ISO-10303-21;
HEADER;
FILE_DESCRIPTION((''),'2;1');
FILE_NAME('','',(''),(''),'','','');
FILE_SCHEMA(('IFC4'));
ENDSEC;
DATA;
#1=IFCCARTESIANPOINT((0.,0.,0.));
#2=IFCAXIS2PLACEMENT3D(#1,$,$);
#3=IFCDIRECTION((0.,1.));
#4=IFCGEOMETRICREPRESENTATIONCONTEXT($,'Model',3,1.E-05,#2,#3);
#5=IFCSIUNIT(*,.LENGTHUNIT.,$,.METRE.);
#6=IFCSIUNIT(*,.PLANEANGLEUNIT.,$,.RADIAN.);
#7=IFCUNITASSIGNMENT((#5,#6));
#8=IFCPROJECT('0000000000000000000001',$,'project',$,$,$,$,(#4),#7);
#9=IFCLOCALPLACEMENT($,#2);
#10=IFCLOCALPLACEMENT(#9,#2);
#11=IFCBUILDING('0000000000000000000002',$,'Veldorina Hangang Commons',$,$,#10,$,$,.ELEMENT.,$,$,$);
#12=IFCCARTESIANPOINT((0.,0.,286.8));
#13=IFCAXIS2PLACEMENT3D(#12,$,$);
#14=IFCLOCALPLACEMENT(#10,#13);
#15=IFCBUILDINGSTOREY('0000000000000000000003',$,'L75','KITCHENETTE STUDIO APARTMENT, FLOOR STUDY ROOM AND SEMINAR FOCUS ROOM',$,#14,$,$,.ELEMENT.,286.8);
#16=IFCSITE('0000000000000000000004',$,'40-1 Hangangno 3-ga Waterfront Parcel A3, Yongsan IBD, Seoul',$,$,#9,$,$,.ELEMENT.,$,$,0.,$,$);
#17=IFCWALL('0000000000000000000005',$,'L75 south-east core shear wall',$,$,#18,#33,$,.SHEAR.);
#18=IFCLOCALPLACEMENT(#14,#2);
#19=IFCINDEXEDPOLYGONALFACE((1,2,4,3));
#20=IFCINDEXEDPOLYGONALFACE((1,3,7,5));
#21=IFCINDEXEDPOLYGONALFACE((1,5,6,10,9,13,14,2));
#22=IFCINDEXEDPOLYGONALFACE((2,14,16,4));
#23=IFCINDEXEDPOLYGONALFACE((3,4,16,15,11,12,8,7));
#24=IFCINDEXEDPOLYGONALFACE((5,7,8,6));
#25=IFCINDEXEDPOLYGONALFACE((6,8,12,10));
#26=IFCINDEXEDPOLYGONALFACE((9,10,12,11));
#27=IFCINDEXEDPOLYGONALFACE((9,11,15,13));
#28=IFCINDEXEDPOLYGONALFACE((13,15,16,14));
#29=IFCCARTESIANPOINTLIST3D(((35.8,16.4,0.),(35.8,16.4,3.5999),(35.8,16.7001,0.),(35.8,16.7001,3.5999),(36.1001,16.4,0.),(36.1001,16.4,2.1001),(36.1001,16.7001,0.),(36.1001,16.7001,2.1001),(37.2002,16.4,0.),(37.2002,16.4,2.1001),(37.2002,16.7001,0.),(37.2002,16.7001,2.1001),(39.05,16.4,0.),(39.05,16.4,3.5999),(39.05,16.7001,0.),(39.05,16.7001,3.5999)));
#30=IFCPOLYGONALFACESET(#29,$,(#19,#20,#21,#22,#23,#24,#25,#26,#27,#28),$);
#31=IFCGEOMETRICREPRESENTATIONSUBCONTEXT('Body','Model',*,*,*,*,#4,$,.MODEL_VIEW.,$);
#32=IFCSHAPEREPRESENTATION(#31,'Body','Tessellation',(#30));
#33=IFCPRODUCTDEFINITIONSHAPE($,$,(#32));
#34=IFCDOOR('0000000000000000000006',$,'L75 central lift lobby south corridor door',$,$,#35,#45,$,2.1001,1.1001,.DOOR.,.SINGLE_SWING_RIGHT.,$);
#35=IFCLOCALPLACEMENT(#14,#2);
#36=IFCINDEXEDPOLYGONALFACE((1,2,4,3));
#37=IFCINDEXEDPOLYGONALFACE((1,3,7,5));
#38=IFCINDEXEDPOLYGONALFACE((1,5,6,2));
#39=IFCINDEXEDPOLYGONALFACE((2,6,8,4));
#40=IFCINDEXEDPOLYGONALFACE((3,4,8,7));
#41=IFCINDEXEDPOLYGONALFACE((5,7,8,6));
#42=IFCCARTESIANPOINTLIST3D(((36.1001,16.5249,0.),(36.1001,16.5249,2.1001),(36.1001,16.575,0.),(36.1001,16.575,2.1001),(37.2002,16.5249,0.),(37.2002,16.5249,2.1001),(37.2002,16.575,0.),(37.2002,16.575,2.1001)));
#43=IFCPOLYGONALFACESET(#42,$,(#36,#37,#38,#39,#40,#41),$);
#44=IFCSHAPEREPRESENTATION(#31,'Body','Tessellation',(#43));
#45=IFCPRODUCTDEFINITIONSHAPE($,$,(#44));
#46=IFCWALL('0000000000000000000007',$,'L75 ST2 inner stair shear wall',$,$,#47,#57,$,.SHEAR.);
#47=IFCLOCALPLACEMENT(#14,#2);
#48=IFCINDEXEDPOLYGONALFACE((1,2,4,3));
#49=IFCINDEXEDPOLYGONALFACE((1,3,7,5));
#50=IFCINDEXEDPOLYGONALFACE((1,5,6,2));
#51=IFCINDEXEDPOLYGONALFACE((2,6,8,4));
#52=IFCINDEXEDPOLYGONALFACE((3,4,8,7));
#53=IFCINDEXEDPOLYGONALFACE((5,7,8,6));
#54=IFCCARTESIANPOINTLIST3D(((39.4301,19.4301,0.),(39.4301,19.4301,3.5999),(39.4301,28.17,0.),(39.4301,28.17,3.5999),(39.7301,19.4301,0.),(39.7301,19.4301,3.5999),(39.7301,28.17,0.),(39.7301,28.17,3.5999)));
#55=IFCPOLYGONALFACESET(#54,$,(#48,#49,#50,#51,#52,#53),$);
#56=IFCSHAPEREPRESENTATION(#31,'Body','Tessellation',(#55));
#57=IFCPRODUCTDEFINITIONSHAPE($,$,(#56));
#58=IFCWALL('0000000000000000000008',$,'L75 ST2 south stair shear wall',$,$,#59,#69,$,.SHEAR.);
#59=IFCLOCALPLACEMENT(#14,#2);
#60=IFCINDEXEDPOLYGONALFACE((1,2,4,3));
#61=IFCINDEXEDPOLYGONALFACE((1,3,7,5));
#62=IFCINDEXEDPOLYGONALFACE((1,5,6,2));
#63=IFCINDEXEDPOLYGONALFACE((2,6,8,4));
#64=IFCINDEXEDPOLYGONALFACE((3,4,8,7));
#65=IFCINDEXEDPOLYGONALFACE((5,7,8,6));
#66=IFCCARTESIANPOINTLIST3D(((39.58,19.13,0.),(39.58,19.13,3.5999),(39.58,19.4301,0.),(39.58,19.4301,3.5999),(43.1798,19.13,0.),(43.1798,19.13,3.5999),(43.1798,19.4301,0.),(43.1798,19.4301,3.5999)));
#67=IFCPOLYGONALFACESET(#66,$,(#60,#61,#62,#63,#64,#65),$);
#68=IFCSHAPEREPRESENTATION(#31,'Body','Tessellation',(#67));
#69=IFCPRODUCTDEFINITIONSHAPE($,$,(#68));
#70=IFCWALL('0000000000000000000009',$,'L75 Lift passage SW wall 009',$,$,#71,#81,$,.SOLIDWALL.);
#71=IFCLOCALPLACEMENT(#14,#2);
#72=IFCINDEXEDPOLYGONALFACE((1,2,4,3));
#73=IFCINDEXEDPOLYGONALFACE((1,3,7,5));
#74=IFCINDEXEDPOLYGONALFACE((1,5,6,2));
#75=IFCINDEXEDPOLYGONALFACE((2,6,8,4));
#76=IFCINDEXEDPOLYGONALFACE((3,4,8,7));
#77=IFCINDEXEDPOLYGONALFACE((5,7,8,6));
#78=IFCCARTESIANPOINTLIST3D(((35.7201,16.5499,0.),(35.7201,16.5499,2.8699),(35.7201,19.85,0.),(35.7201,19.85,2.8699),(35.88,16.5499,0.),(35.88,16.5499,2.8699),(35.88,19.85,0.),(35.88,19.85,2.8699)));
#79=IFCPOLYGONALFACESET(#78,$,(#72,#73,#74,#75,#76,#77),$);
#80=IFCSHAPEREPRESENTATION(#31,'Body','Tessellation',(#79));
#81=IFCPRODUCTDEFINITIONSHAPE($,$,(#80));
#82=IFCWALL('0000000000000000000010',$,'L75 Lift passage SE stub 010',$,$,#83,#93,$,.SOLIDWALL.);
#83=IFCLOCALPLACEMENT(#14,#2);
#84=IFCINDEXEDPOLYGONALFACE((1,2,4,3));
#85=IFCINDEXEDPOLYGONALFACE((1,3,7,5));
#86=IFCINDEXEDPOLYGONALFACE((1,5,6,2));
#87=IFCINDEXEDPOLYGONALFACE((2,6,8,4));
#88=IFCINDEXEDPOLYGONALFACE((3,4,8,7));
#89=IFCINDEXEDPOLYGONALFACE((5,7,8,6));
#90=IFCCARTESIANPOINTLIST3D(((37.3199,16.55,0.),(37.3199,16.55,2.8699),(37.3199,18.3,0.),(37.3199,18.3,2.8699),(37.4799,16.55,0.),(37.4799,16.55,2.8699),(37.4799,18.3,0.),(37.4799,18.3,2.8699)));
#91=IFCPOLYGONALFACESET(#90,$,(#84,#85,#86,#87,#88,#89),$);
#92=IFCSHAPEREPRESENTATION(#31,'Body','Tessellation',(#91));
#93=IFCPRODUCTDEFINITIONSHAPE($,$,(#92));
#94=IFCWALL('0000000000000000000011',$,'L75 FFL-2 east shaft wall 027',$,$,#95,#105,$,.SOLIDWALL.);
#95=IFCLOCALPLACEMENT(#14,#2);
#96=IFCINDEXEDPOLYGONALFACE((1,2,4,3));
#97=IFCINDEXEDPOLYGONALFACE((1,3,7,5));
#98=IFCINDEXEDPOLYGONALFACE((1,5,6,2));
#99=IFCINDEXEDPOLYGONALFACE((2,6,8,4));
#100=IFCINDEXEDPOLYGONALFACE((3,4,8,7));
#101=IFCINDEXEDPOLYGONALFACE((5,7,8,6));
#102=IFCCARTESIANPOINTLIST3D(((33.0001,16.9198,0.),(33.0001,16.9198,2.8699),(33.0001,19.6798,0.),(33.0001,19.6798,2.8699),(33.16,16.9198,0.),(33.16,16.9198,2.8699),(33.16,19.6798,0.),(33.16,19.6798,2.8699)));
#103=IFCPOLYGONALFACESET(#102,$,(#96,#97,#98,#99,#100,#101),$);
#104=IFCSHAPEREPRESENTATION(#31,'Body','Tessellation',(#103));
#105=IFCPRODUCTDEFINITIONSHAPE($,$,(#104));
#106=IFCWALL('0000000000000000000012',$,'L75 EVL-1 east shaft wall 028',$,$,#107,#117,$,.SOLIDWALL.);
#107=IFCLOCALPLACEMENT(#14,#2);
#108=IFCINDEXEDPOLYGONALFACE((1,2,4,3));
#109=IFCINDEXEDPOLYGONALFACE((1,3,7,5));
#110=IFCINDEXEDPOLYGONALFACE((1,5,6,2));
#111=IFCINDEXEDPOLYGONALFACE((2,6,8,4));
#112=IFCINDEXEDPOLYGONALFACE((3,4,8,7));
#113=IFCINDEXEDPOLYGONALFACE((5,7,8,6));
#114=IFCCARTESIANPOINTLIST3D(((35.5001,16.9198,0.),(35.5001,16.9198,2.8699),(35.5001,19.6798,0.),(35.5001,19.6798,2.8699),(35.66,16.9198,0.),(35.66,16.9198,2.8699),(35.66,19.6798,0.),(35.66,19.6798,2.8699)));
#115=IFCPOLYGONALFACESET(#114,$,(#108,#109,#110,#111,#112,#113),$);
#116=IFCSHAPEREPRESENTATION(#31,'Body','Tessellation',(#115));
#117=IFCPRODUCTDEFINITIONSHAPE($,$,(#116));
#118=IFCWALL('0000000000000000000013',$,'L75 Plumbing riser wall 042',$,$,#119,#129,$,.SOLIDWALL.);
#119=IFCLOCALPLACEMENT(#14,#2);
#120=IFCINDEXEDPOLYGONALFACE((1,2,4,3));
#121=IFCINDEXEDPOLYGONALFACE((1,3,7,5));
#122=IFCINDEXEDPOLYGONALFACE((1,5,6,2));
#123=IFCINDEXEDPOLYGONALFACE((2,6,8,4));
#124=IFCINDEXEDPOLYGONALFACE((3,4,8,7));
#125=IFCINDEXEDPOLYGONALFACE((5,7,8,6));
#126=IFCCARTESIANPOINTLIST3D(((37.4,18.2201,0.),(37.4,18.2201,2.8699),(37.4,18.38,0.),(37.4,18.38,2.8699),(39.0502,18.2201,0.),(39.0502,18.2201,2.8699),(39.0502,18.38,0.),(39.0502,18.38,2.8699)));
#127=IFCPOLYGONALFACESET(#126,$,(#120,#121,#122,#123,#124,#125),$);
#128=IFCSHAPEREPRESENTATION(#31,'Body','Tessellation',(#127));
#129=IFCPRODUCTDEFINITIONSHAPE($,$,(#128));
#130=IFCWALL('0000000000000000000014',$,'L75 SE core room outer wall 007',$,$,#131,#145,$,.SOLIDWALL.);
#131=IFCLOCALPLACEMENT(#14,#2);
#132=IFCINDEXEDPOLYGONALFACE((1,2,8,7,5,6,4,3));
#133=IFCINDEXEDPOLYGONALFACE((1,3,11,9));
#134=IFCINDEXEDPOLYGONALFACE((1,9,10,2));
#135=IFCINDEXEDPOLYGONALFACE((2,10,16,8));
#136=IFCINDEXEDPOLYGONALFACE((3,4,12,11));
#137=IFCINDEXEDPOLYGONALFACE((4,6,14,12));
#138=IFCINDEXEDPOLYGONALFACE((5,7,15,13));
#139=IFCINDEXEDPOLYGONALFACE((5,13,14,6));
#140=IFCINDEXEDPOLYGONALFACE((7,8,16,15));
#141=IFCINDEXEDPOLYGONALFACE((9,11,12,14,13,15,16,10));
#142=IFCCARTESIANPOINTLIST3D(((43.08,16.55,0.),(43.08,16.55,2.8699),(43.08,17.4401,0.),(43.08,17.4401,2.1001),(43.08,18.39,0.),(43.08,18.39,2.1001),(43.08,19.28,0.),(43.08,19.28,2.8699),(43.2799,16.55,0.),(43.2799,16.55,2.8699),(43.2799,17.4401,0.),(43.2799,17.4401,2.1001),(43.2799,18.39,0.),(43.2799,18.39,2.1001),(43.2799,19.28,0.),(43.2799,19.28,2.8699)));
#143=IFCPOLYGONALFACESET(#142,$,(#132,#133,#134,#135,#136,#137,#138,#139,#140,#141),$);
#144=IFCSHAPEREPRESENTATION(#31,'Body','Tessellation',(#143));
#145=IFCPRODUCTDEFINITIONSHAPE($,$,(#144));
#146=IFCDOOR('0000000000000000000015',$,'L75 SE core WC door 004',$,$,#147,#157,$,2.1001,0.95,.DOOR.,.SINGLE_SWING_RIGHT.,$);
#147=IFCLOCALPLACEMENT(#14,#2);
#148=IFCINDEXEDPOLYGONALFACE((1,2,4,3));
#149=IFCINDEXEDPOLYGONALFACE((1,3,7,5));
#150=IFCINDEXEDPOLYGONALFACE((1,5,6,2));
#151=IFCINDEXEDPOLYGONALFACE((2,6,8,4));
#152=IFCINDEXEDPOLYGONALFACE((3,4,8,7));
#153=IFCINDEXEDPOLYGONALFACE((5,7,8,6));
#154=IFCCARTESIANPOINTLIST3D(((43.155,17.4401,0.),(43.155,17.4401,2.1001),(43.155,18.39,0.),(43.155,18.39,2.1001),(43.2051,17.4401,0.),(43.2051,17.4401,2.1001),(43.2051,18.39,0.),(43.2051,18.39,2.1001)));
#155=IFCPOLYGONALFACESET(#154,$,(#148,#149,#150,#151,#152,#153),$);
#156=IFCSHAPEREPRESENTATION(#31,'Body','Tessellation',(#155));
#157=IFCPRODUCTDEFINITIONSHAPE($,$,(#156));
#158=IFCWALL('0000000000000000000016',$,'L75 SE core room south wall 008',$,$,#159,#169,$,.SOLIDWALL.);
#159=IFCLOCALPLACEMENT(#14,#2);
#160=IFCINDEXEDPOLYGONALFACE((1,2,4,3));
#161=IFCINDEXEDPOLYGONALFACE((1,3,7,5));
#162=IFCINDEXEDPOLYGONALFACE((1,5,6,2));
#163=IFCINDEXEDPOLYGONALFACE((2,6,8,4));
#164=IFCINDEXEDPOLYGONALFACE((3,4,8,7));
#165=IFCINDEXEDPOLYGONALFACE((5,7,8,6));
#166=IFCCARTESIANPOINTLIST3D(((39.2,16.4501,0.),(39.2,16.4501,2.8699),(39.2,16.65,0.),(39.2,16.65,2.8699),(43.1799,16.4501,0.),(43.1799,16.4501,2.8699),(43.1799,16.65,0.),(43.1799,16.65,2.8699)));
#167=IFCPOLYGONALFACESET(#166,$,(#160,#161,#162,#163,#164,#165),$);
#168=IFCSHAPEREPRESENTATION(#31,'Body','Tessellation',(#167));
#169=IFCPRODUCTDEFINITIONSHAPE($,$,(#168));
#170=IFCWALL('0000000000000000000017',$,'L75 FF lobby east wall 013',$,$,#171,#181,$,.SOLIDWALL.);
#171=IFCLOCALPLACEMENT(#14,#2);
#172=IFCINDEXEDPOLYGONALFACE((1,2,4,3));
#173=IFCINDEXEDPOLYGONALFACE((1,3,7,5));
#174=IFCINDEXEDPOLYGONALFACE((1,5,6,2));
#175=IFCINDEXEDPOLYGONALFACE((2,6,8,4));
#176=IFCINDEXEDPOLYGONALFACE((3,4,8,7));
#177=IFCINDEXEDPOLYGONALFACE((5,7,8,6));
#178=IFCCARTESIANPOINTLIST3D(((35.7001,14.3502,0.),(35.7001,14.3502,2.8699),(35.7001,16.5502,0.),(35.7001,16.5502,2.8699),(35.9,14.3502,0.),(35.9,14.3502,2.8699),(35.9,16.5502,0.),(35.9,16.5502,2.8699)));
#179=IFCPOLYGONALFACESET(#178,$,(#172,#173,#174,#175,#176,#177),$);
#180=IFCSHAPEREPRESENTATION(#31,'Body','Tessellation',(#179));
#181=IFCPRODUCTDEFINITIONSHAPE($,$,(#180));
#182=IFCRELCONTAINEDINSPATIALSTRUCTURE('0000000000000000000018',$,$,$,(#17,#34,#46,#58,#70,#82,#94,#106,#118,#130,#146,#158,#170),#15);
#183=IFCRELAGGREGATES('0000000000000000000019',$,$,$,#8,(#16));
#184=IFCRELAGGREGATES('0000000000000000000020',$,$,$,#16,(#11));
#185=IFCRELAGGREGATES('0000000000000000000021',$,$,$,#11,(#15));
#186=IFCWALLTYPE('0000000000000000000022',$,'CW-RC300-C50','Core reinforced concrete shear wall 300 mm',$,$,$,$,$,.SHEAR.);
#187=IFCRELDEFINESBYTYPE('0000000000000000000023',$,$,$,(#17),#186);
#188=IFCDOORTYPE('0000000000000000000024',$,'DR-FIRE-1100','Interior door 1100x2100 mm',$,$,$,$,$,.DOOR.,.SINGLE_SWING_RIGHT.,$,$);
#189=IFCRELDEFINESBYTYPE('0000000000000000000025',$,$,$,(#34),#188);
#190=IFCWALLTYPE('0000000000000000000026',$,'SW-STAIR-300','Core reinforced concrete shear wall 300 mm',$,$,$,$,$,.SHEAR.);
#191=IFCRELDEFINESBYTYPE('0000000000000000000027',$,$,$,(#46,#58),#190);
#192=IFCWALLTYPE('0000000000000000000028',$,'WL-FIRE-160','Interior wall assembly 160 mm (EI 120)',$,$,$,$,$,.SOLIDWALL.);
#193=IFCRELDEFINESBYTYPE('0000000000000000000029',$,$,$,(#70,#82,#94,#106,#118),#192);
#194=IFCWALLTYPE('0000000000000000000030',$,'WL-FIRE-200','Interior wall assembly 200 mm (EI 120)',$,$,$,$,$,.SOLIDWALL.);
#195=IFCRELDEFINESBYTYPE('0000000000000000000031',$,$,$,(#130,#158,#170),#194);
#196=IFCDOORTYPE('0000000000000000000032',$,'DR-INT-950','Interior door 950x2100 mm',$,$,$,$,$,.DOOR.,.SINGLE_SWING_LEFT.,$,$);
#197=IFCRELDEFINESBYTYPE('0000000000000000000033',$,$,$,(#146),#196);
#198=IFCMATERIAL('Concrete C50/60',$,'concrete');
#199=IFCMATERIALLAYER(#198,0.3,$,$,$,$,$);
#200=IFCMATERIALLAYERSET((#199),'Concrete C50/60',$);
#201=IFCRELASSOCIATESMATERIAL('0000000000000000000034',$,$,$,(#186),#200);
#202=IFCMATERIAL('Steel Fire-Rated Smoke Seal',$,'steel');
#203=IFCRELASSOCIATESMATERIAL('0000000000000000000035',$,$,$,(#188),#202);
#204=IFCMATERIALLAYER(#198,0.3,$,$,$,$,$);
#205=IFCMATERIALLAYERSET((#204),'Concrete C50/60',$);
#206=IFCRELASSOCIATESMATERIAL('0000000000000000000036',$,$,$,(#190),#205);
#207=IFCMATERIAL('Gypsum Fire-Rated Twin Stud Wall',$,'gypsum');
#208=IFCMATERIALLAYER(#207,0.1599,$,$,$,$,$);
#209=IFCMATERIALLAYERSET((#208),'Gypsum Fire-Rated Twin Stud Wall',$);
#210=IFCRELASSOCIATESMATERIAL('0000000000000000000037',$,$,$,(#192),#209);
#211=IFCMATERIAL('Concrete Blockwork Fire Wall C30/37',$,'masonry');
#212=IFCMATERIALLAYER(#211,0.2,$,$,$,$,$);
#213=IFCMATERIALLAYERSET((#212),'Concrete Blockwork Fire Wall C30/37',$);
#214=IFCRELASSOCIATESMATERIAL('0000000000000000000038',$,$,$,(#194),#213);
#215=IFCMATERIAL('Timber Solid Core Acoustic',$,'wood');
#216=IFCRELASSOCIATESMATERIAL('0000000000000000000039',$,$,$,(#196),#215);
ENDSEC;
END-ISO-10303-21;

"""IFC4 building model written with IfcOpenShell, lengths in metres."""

from ifc_helpers import new_model, si_unit, direction, frame, frame_2d, origin, place, context, subcontext, project, spatial, rectangle, extrude, material, layer, layer_set, type_object, element, fill, save


model = new_model("IFC4")

# Units and contexts
model_context = context("Model", 3, precision=1e-05, world=origin(), true_north=direction((0.0, 1.0)))
body_context = subcontext(model_context, "Body", "Model", "MODEL_VIEW")
ifc_project = project(units=[si_unit("LENGTHUNIT", "METRE"), si_unit("PLANEANGLEUNIT", "RADIAN")], contexts=[model_context])

# Site, building, storey
site_placement = place(None, origin())
site = spatial("IfcSite", under=ifc_project, at=site_placement, Name="40-1 Hangangno 3-ga Waterfront Parcel A3, Yongsan IBD, Seoul", CompositionType="ELEMENT", RefElevation=0.0)
building_placement = place(site_placement, origin())
building = spatial("IfcBuilding", under=site, at=building_placement, Name="Veldorina Hangang Commons", CompositionType="ELEMENT")
storey_placement = place(building_placement, frame((0.0, 0.0, 286.8)))
storey = spatial("IfcBuildingStorey", under=building, at=storey_placement, Name="L75", Description="KITCHENETTE STUDIO APARTMENT, FLOOR STUDY ROOM AND SEMINAR FOCUS ROOM", CompositionType="ELEMENT", Elevation=286.8)

# Shared definitions
ifc_material_1 = material(Name="Concrete C50/60", Category="concrete")

# Shared definitions
ifc_layer_1 = layer(ifc_material_1, 0.3)
ifc_layer_set_1 = layer_set([ifc_layer_1], Name="Concrete C50/60")
wall_type_1 = type_object("IfcWallType", Name="CW-RC300-C50", Description="Core reinforced concrete shear wall 300 mm", PredefinedType="SHEAR", material=ifc_layer_set_1)

# Wall, opening, door
wall_1_placement = place(storey_placement, frame((35.8, 16.55, 0.0), z_axis=(0.0, 0.0, 1.0), x_axis=(1.0, 0.0, 0.0)))
wall_1 = element("IfcWall", 1, at=wall_1_placement, inside=storey, type_object=wall_type_1, Name="L75 south-east core shear wall", PredefinedType="SHEAR", context=body_context, shape_type="SweptSolid", body=[
    extrude(rectangle(XDim=3.25, YDim=0.3, at=frame_2d((1.625, 0.0))), origin(), (0.0, 0.0, 1.0), 3.5999),
])
opening_1_placement = place(wall_1_placement, frame((0.3, 0.0, 0.0)))
opening_1 = element("IfcOpeningElement", 2, at=opening_1_placement, cuts=wall_1, PredefinedType="OPENING", context=body_context, shape_type="SweptSolid", body=[
    extrude(rectangle(XDim=1.1001, YDim=2.1001, at=frame_2d((0.55, 1.05))), frame((0.0, 0.1602, 0.0), z_axis=(0.0, -1.0, 0.0), x_axis=(1.0, 0.0, 0.0)), (0.0, 0.0, 1.0), 0.3201),
])
ifc_material_2 = material(Name="Steel Fire-Rated Smoke Seal", Category="steel")
door_type_1 = type_object("IfcDoorType", Name="DR-FIRE-1100", Description="Interior door 1100x2100 mm", OperationType="SINGLE_SWING_RIGHT", PredefinedType="DOOR", material=ifc_material_2)
door_1_placement = place(opening_1_placement, origin())
door_1 = element("IfcDoor", 3, at=door_1_placement, inside=storey, type_object=door_type_1, Name="L75 central lift lobby south corridor door", OperationType="SINGLE_SWING_RIGHT", OverallHeight=2.1001, OverallWidth=1.1001, PredefinedType="DOOR", context=body_context, shape_type="SweptSolid", body=[
    extrude(rectangle(XDim=1.1001, YDim=2.1001, at=frame_2d((0.55, 1.05))), frame((0.0, 0.0249, 0.0), z_axis=(0.0, -1.0, 0.0), x_axis=(1.0, 0.0, 0.0)), (0.0, 0.0, 1.0), 0.05),
])
fill(opening_1, door_1)

# Walls
ifc_layer_2 = layer(ifc_material_1, 0.3)
ifc_layer_set_2 = layer_set([ifc_layer_2], Name="Concrete C50/60")
wall_type_2 = type_object("IfcWallType", Name="SW-STAIR-300", Description="Core reinforced concrete shear wall 300 mm", PredefinedType="SHEAR", material=ifc_layer_set_2)
wall_2_placement = place(storey_placement, frame((39.5801, 19.4299, 0.0), z_axis=(0.0, 0.0, 1.0), x_axis=(0.0, 1.0, 0.0)))
element("IfcWall", 4, at=wall_2_placement, inside=storey, type_object=wall_type_2, Name="L75 ST2 inner stair shear wall", PredefinedType="SHEAR", context=body_context, shape_type="SweptSolid", body=[
    extrude(rectangle(XDim=8.74, YDim=0.3, at=frame_2d((4.3701, 0.0))), origin(), (0.0, 0.0, 1.0), 3.5999),
])
wall_3_placement = place(storey_placement, frame((39.5801, 19.28, 0.0), z_axis=(0.0, 0.0, 1.0), x_axis=(1.0, 0.0, 0.0)))
element("IfcWall", 5, at=wall_3_placement, inside=storey, type_object=wall_type_2, Name="L75 ST2 south stair shear wall", PredefinedType="SHEAR", context=body_context, shape_type="SweptSolid", body=[
    extrude(rectangle(XDim=3.5999, YDim=0.3, at=frame_2d((1.7998, 0.0))), origin(), (0.0, 0.0, 1.0), 3.5999),
])
ifc_material_3 = material(Name="Gypsum Fire-Rated Twin Stud Wall", Category="gypsum")
ifc_layer_3 = layer(ifc_material_3, 0.1599)
ifc_layer_set_3 = layer_set([ifc_layer_3], Name="Gypsum Fire-Rated Twin Stud Wall")
wall_type_3 = type_object("IfcWallType", Name="WL-FIRE-160", Description="Interior wall assembly 160 mm (EI 120)", PredefinedType="SOLIDWALL", material=ifc_layer_set_3)
wall_4_placement = place(storey_placement, frame((35.8, 16.55, 0.0), z_axis=(0.0, 0.0, 1.0), x_axis=(0.0, 1.0, 0.0)))
element("IfcWall", 6, at=wall_4_placement, inside=storey, type_object=wall_type_3, Name="L75 Lift passage SW wall 009", PredefinedType="SOLIDWALL", context=body_context, shape_type="SweptSolid", body=[
    extrude(rectangle(XDim=3.3, YDim=0.1599, at=frame_2d((1.6499, 0.0))), origin(), (0.0, 0.0, 1.0), 2.8699),
])
wall_5_placement = place(storey_placement, frame((37.3999, 16.55, 0.0), z_axis=(0.0, 0.0, 1.0), x_axis=(0.0, 1.0, 0.0)))
element("IfcWall", 7, at=wall_5_placement, inside=storey, type_object=wall_type_3, Name="L75 Lift passage SE stub 010", PredefinedType="SOLIDWALL", context=body_context, shape_type="SweptSolid", body=[
    extrude(rectangle(XDim=1.75, YDim=0.1599, at=frame_2d((0.875, 0.0))), origin(), (0.0, 0.0, 1.0), 2.8699),
])
for number, where, z_axis, x_axis, name in (
    (8, (33.0801, 16.9199, 0.0), (0.0, 0.0, 1.0), (0.0, 1.0, 0.0), "L75 FFL-2 east shaft wall 027"),
    (9, (35.5801, 16.9199, 0.0), (0.0, 0.0, 1.0), (0.0, 1.0, 0.0), "L75 EVL-1 east shaft wall 028"),
):
    element("IfcWall", number, at=place(storey_placement, frame(where, z_axis=z_axis, x_axis=x_axis)), inside=storey, type_object=wall_type_3, Name=name, PredefinedType="SOLIDWALL", context=body_context, shape_type="SweptSolid", body=[
        extrude(rectangle(XDim=2.76, YDim=0.1599, at=frame_2d((1.3799, 0.0))), origin(), (0.0, 0.0, 1.0), 2.8699),
    ])
wall_6_placement = place(storey_placement, frame((37.3999, 18.3, 0.0), z_axis=(0.0, 0.0, 1.0), x_axis=(1.0, 0.0, 0.0)))
element("IfcWall", 10, at=wall_6_placement, inside=storey, type_object=wall_type_3, Name="L75 Plumbing riser wall 042", PredefinedType="SOLIDWALL", context=body_context, shape_type="SweptSolid", body=[
    extrude(rectangle(XDim=1.6501, YDim=0.1599, at=frame_2d((0.8252, 0.0))), origin(), (0.0, 0.0, 1.0), 2.8699),
])

# Wall, opening, door
ifc_material_4 = material(Name="Concrete Blockwork Fire Wall C30/37", Category="masonry")
ifc_layer_4 = layer(ifc_material_4, 0.2)
ifc_layer_set_4 = layer_set([ifc_layer_4], Name="Concrete Blockwork Fire Wall C30/37")
wall_type_4 = type_object("IfcWallType", Name="WL-FIRE-200", Description="Interior wall assembly 200 mm (EI 120)", PredefinedType="SOLIDWALL", material=ifc_layer_set_4)
wall_7_placement = place(storey_placement, frame((43.1799, 16.55, 0.0), z_axis=(0.0, 0.0, 1.0), x_axis=(0.0, 1.0, 0.0)))
wall_7 = element("IfcWall", 11, at=wall_7_placement, inside=storey, type_object=wall_type_4, Name="L75 SE core room outer wall 007", PredefinedType="SOLIDWALL", context=body_context, shape_type="SweptSolid", body=[
    extrude(rectangle(XDim=2.73, YDim=0.2, at=frame_2d((1.365, 0.0))), origin(), (0.0, 0.0, 1.0), 2.8699),
])
opening_2_placement = place(wall_7_placement, frame((0.8899, 0.0, 0.0)))
opening_2 = element("IfcOpeningElement", 12, at=opening_2_placement, cuts=wall_7, PredefinedType="OPENING", context=body_context, shape_type="SweptSolid", body=[
    extrude(rectangle(XDim=0.95, YDim=2.1001, at=frame_2d((0.4751, 1.05))), frame((0.0, 0.1099, 0.0), z_axis=(0.0, -1.0, 0.0), x_axis=(1.0, 0.0, 0.0)), (0.0, 0.0, 1.0), 0.22),
])
ifc_material_5 = material(Name="Timber Solid Core Acoustic", Category="wood")
door_type_2 = type_object("IfcDoorType", Name="DR-INT-950", Description="Interior door 950x2100 mm", OperationType="SINGLE_SWING_LEFT", PredefinedType="DOOR", material=ifc_material_5)
door_2_placement = place(opening_2_placement, origin())
door_2 = element("IfcDoor", 13, at=door_2_placement, inside=storey, type_object=door_type_2, Name="L75 SE core WC door 004", OperationType="SINGLE_SWING_RIGHT", OverallHeight=2.1001, OverallWidth=0.95, PredefinedType="DOOR", context=body_context, shape_type="SweptSolid", body=[
    extrude(rectangle(XDim=0.95, YDim=2.1001, at=frame_2d((0.4751, 1.05))), frame((0.0, 0.0249, 0.0), z_axis=(0.0, -1.0, 0.0), x_axis=(1.0, 0.0, 0.0)), (0.0, 0.0, 1.0), 0.05),
])
fill(opening_2, door_2)

# Walls
wall_8_placement = place(storey_placement, frame((39.2, 16.55, 0.0), z_axis=(0.0, 0.0, 1.0), x_axis=(1.0, 0.0, 0.0)))
element("IfcWall", 14, at=wall_8_placement, inside=storey, type_object=wall_type_4, Name="L75 SE core room south wall 008", PredefinedType="SOLIDWALL", context=body_context, shape_type="SweptSolid", body=[
    extrude(rectangle(XDim=3.98, YDim=0.2, at=frame_2d((1.99, 0.0))), origin(), (0.0, 0.0, 1.0), 2.8699),
])
wall_9_placement = place(storey_placement, frame((35.8, 14.3501, 0.0), z_axis=(0.0, 0.0, 1.0), x_axis=(0.0, 1.0, 0.0)))
element("IfcWall", 15, at=wall_9_placement, inside=storey, type_object=wall_type_4, Name="L75 FF lobby east wall 013", PredefinedType="SOLIDWALL", context=body_context, shape_type="SweptSolid", body=[
    extrude(rectangle(XDim=2.2, YDim=0.2, at=frame_2d((1.1001, 0.0))), origin(), (0.0, 0.0, 1.0), 2.8699),
])

save(model, "model.ifc")
